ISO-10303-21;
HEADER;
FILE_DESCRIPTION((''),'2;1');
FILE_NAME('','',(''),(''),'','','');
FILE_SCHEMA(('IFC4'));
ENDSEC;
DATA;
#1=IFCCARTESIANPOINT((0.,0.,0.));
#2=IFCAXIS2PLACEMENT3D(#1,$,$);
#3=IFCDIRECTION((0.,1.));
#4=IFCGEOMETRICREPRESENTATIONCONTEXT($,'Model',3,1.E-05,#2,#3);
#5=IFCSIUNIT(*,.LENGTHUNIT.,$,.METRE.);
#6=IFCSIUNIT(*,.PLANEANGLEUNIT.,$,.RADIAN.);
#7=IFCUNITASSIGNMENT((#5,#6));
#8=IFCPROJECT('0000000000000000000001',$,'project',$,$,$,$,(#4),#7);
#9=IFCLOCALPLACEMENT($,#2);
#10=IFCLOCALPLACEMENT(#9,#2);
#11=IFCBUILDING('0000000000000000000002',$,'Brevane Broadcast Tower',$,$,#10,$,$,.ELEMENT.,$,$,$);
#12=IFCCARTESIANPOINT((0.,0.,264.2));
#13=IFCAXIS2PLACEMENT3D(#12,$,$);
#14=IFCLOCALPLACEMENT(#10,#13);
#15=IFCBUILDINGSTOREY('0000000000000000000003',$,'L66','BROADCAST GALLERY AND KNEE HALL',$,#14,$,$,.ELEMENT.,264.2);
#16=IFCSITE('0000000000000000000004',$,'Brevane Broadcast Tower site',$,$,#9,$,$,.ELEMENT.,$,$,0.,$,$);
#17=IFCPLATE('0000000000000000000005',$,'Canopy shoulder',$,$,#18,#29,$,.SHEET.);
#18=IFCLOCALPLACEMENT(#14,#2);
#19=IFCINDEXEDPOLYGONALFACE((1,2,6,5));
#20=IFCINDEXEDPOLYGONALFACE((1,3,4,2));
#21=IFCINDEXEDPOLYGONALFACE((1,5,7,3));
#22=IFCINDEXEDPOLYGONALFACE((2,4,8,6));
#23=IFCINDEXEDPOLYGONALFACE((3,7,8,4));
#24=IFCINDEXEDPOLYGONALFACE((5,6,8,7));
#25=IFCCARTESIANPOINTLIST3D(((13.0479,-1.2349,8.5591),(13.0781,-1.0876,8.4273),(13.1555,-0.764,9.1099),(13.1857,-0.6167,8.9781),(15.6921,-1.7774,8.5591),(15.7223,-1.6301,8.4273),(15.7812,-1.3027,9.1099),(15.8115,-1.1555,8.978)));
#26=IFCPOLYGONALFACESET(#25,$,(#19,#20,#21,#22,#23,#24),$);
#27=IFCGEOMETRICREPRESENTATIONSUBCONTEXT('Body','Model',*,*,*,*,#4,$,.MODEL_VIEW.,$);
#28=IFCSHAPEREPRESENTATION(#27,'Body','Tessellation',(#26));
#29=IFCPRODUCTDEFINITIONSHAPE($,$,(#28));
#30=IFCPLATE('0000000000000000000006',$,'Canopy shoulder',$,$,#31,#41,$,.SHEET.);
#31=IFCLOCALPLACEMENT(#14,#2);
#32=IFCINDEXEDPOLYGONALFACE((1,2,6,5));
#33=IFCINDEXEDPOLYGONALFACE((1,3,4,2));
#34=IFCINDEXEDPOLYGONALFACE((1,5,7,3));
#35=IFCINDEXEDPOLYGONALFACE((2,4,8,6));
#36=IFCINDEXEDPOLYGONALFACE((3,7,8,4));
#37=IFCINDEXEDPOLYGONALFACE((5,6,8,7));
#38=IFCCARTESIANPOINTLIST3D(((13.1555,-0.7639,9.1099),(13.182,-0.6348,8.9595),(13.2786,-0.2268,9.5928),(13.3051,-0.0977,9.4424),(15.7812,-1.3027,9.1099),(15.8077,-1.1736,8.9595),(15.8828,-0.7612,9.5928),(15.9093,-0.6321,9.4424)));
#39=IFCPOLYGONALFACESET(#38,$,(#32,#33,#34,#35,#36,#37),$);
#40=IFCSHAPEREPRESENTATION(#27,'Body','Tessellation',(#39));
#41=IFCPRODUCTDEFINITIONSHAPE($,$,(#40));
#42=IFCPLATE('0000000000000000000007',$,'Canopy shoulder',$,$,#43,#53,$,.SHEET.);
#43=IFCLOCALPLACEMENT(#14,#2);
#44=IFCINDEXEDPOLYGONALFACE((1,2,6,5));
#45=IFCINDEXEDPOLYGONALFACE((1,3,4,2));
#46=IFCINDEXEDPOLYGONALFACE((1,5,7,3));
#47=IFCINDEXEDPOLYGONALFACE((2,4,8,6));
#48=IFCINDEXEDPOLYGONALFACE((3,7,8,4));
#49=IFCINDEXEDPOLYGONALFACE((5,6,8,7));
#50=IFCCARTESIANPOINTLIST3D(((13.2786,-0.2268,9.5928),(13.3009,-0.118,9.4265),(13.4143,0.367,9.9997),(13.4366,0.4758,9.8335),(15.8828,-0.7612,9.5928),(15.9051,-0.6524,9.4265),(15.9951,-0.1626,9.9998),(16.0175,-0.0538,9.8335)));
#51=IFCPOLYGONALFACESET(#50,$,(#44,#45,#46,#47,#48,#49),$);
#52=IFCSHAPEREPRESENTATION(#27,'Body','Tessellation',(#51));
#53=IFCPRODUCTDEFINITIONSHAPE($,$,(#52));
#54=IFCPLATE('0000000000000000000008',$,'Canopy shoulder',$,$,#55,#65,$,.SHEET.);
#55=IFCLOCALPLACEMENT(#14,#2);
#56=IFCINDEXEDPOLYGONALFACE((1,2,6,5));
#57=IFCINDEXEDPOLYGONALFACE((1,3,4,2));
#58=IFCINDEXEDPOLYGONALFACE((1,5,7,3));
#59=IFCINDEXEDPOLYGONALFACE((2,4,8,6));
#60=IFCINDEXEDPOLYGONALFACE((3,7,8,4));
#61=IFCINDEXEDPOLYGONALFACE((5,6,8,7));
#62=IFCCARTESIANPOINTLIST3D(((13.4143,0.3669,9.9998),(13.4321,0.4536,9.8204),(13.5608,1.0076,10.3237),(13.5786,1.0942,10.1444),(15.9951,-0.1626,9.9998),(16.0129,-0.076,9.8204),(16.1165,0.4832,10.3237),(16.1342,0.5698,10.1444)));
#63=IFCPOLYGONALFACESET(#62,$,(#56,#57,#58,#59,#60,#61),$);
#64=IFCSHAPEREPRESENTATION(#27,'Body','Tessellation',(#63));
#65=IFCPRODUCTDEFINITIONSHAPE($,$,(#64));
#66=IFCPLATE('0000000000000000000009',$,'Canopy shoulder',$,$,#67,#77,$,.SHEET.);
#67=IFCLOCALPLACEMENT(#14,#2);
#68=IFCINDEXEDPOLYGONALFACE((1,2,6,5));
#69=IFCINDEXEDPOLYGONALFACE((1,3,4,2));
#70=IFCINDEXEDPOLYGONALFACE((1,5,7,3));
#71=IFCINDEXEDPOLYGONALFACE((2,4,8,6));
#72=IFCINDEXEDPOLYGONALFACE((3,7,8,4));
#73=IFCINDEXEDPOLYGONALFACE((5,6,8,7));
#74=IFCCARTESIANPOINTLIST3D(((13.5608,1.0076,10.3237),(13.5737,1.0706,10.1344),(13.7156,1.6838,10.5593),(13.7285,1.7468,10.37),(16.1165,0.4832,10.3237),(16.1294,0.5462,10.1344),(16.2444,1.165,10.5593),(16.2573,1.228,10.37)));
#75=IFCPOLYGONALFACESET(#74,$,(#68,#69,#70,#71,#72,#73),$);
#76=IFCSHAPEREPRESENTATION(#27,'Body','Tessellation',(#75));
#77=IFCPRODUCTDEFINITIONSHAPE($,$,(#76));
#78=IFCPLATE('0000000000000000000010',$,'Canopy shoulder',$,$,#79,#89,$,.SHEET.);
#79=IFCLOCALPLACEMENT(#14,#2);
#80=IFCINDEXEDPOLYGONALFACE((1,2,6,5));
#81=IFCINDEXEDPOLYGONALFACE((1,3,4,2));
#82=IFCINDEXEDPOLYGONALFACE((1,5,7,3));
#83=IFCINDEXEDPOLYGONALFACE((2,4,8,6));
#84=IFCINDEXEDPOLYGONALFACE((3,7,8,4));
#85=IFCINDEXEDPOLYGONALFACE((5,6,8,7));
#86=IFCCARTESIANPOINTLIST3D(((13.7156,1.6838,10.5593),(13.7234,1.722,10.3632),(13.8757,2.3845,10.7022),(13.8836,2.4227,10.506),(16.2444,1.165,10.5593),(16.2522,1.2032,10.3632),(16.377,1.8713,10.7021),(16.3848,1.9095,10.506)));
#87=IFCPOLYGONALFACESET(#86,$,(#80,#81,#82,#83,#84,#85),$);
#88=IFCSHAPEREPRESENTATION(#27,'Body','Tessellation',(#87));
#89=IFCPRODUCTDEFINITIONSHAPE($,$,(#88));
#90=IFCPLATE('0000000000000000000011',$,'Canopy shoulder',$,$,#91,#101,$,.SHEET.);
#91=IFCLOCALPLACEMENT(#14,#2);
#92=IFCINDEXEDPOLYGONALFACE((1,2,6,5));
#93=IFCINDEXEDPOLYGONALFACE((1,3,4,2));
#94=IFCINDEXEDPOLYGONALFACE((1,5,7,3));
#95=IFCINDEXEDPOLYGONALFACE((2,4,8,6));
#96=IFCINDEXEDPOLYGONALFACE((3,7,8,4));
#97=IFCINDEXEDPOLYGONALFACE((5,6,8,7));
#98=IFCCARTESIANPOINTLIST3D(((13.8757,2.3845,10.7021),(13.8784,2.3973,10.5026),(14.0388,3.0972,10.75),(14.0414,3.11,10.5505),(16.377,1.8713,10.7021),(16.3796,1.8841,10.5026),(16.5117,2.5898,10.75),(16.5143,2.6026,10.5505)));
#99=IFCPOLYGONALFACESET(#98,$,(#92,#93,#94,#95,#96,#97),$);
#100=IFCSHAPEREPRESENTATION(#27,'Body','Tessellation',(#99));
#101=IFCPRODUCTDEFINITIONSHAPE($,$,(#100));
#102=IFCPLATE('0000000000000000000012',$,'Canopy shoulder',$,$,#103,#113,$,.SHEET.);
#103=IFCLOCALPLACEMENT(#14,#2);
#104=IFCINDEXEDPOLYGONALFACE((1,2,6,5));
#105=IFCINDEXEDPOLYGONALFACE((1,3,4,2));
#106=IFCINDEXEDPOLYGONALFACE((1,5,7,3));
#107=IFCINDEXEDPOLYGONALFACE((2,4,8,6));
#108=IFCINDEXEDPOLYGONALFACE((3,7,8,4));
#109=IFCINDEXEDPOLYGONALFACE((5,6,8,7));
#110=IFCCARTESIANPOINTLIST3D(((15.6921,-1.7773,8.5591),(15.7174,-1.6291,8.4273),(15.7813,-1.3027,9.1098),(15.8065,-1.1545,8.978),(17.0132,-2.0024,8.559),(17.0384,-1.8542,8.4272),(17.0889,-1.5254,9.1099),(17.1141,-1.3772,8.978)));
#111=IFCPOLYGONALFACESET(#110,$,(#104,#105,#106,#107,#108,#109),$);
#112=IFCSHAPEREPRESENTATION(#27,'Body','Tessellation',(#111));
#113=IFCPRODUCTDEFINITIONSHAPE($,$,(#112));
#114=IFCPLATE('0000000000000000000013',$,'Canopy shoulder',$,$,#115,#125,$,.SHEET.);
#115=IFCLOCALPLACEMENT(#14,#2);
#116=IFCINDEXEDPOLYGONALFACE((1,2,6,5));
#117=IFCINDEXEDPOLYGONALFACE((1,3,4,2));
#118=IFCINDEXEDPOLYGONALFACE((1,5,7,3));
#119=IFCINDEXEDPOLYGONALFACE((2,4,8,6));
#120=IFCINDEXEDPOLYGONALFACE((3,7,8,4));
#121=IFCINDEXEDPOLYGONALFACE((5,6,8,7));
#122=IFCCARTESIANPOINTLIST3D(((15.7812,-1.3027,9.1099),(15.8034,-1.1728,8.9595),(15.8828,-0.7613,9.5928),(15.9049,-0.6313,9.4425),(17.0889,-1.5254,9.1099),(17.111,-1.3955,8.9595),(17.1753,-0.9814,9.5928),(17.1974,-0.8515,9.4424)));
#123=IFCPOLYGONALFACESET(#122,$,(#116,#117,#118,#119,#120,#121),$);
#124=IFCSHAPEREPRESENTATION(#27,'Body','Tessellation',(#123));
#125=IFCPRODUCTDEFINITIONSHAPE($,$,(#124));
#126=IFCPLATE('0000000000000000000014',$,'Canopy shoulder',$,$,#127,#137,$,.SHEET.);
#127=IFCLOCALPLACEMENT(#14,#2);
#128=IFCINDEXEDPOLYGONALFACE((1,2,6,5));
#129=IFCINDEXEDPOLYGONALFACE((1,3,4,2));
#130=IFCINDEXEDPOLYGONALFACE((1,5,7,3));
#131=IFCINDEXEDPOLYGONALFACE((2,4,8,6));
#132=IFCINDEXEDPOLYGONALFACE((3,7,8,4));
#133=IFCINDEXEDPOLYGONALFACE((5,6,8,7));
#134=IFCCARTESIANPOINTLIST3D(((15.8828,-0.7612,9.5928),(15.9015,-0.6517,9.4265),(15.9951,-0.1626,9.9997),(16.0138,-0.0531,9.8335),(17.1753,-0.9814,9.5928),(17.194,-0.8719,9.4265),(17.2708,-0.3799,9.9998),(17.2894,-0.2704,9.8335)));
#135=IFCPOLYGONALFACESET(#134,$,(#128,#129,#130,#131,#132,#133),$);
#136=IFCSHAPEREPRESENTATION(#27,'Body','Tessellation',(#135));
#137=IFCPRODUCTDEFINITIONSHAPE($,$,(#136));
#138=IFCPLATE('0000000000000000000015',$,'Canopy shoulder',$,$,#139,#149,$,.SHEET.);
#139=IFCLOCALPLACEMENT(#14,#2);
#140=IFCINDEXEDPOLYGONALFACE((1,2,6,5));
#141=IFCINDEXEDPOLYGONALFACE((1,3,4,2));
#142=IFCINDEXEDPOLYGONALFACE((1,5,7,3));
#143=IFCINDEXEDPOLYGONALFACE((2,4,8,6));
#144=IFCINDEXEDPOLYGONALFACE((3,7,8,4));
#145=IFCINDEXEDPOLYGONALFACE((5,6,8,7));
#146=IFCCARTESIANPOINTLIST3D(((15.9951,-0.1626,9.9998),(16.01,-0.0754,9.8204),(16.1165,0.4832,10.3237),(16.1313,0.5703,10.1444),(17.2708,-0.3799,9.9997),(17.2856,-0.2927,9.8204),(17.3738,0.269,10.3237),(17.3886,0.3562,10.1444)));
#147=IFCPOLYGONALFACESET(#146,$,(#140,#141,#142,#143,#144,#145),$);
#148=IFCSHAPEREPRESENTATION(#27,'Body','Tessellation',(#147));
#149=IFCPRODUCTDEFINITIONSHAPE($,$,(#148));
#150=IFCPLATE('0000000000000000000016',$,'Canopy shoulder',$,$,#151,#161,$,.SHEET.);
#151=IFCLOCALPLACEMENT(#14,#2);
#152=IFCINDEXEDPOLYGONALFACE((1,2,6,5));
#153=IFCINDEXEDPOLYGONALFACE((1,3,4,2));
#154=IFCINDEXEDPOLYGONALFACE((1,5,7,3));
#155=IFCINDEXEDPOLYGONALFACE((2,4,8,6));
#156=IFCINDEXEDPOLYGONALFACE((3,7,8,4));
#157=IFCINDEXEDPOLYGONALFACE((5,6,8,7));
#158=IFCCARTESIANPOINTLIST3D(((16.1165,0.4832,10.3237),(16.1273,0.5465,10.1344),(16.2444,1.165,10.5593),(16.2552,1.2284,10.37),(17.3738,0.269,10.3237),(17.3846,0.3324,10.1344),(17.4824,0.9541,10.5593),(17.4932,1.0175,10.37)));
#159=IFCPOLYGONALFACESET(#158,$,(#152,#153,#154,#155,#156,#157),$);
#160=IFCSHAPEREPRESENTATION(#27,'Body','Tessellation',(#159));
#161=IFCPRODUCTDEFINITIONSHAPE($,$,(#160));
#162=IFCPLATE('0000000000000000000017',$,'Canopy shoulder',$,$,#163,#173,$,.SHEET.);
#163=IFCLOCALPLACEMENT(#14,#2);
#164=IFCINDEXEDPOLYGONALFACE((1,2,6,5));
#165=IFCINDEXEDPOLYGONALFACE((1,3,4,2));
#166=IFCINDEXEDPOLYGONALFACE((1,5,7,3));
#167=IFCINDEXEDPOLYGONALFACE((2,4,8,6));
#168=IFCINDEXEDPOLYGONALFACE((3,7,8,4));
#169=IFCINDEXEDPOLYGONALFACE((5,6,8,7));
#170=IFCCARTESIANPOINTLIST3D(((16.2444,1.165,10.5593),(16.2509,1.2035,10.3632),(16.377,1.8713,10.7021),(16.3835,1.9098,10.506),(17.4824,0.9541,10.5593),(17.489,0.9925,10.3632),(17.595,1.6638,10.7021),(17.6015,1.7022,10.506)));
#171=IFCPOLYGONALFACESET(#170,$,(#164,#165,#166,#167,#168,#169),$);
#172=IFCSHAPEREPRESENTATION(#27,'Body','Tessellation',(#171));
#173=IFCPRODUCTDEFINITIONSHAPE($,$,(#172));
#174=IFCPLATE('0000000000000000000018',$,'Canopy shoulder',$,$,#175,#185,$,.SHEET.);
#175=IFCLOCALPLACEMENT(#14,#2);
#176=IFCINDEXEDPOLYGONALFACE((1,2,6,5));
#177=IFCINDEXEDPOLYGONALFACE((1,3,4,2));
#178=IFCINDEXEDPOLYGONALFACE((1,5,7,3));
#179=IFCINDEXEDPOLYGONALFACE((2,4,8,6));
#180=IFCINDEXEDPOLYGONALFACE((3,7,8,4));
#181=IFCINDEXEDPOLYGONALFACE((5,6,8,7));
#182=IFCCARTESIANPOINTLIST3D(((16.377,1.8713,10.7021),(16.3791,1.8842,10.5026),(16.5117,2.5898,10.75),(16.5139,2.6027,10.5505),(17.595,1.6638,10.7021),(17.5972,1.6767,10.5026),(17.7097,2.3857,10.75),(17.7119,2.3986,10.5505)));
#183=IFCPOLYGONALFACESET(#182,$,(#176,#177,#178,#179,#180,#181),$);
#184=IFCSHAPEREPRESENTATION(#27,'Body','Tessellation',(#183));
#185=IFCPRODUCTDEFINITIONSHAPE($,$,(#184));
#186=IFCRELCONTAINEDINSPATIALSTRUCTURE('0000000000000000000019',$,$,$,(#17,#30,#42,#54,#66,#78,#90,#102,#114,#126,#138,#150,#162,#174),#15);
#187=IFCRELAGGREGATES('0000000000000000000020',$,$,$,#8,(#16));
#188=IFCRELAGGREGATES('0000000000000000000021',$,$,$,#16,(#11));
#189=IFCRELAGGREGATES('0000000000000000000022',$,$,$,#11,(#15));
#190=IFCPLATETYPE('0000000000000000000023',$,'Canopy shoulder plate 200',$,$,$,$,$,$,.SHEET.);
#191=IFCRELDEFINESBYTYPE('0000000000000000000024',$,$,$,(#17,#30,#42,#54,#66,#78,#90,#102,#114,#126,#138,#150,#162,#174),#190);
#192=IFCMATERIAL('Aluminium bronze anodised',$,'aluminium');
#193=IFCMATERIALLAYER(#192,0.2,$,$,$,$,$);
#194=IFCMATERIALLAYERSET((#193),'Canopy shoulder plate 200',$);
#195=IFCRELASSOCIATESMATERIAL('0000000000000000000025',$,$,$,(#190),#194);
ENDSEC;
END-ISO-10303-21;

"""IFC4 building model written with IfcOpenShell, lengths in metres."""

from ifc_helpers import new_model, si_unit, direction, frame, origin, place, context, subcontext, project, spatial, polyline, outline, extrude, material, layer, layer_set, type_object, element, save


model = new_model("IFC4")

# Units and contexts
model_context = context("Model", 3, precision=1e-05, world=origin(), true_north=direction((0.0, 1.0)))
body_context = subcontext(model_context, "Body", "Model", "MODEL_VIEW")
ifc_project = project(units=[si_unit("LENGTHUNIT", "METRE"), si_unit("PLANEANGLEUNIT", "RADIAN")], contexts=[model_context])

# Site, building, storey
site_placement = place(None, origin())
site = spatial("IfcSite", under=ifc_project, at=site_placement, Name="Brevane Broadcast Tower site", CompositionType="ELEMENT", RefElevation=0.0)
building_placement = place(site_placement, origin())
building = spatial("IfcBuilding", under=site, at=building_placement, Name="Brevane Broadcast Tower", CompositionType="ELEMENT")
storey_placement = place(building_placement, frame((0.0, 0.0, 264.2)))
storey = spatial("IfcBuildingStorey", under=building, at=storey_placement, Name="L66", Description="BROADCAST GALLERY AND KNEE HALL", CompositionType="ELEMENT", Elevation=264.2)

# Plates
ifc_material = material(Name="Aluminium bronze anodised", Category="aluminium")
ifc_layer = layer(ifc_material, 0.2)
ifc_layer_set = layer_set([ifc_layer], Name="Canopy shoulder plate 200")
plate_type = type_object("IfcPlateType", Name="Canopy shoulder plate 200", PredefinedType="SHEET", material=ifc_layer_set)
plate_1_placement = place(storey_placement, frame((13.0479, -1.2349, 8.5591), z_axis=(-0.15113, -0.736574, 0.659256), x_axis=(0.979595, -0.200981, 0.000013)))
element("IfcPlate", 1, at=plate_1_placement, inside=storey, type_object=plate_type, Name="Canopy shoulder", PredefinedType="SHEET", context=body_context, shape_type="SweptSolid", body=[
    extrude(outline(polyline([(0.0, 0.0), (2.6994, 0.0), (2.6913, 0.7325), (0.0108, 0.7325), (0.0, 0.0)])), origin(), (0.0, 0.0, -1.0), 0.2),
])
plate_2_placement = place(storey_placement, frame((13.1555, -0.7639, 9.1099), z_axis=(-0.132512, -0.645741, 0.75197), x_axis=(0.979587, -0.201019, 0.000001)))
element("IfcPlate", 2, at=plate_2_placement, inside=storey, type_object=plate_type, Name="Canopy shoulder", PredefinedType="SHEET", context=body_context, shape_type="SweptSolid", body=[
    extrude(outline(polyline([(0.0, 0.0), (2.6804, 0.0), (2.6711, 0.7326), (0.0126, 0.7326), (0.0, 0.0)])), origin(), (0.0, 0.0, -1.0), 0.2),
])
plate_3_placement = place(storey_placement, frame((13.2786, -0.2268, 9.5928), z_axis=(-0.111693, -0.544317, 0.831411), x_axis=(0.979587, -0.201019, -0.000006)))
element("IfcPlate", 3, at=plate_3_placement, inside=storey, type_object=plate_type, Name="Canopy shoulder", PredefinedType="SHEET", context=body_context, shape_type="SweptSolid", body=[
    extrude(outline(polyline([(0.0, 0.0), (2.6585, 0.0), (2.6482, 0.7325), (0.0136, 0.7324), (0.0, 0.0)])), origin(), (0.0, 0.0, -1.0), 0.2),
])
plate_4_placement = place(storey_placement, frame((13.4143, 0.3669, 9.9998), z_axis=(-0.088899, -0.43325, 0.896879), x_axis=(0.979592, -0.200998, 0.000002)))
element("IfcPlate", 4, at=plate_4_placement, inside=storey, type_object=plate_type, Name="Canopy shoulder", PredefinedType="SHEET", context=body_context, shape_type="SweptSolid", body=[
    extrude(outline(polyline([(0.0, 0.0), (2.6346, 0.0), (2.6236, 0.7325), (0.0147, 0.7325), (0.0, 0.0)])), origin(), (0.0, 0.0, -1.0), 0.2),
])
plate_5_placement = place(storey_placement, frame((13.5608, 1.0076, 10.3237), z_axis=(-0.06464, -0.315048, 0.946872), x_axis=(0.97959, -0.201007, -0.000006)))
element("IfcPlate", 5, at=plate_5_placement, inside=storey, type_object=plate_type, Name="Canopy shoulder", PredefinedType="SHEET", context=body_context, shape_type="SweptSolid", body=[
    extrude(outline(polyline([(0.0, 0.0), (2.6089, 0.0), (2.5972, 0.7326), (0.0157, 0.7325), (0.0, 0.0)])), origin(), (0.0, 0.0, -1.0), 0.2),
])
plate_6_placement = place(storey_placement, frame((13.7156, 1.6838, 10.5593), z_axis=(-0.039181, -0.190972, 0.980813), x_axis=(0.979597, -0.20097, 0.000002)))
element("IfcPlate", 6, at=plate_6_placement, inside=storey, type_object=plate_type, Name="Canopy shoulder", PredefinedType="SHEET", context=body_context, shape_type="SweptSolid", body=[
    extrude(outline(polyline([(0.0, 0.0), (2.5815, 0.0), (2.5694, 0.7326), (0.0161, 0.7326), (0.0, 0.0)])), origin(), (0.0, 0.0, -1.0), 0.2),
])
plate_7_placement = place(storey_placement, frame((13.8757, 2.3845, 10.7021), z_axis=(-0.01313, -0.063996, 0.997864), x_axis=(0.979594, -0.200986, -0.000001)))
element("IfcPlate", 7, at=plate_7_placement, inside=storey, type_object=plate_type, Name="Canopy shoulder", PredefinedType="SHEET", context=body_context, shape_type="SweptSolid", body=[
    extrude(outline(polyline([(0.0, 0.0), (2.5533, 0.0), (2.5409, 0.7325), (0.0165, 0.7324), (0.0, 0.0)])), origin(), (0.0, 0.0, -1.0), 0.2),
])
plate_8_placement = place(storey_placement, frame((15.6921, -1.7773, 8.5591), z_axis=(-0.126259, -0.74124, 0.659259), x_axis=(0.985797, -0.167941, -0.000028)))
element("IfcPlate", 8, at=plate_8_placement, inside=storey, type_object=plate_type, Name="Canopy shoulder", PredefinedType="SHEET", context=body_context, shape_type="SweptSolid", body=[
    extrude(outline(polyline([(0.0, 0.0), (1.3401, 0.0), (1.3346, 0.7326), (0.0081, 0.7325), (0.0, 0.0)])), origin(), (0.0, 0.0, -1.0), 0.2),
])
plate_9_placement = place(storey_placement, frame((15.7812, -1.3027, 9.1099), z_axis=(-0.110694, -0.649886, 0.751928), x_axis=(0.985807, -0.167882, 0.000025)))
element("IfcPlate", 9, at=plate_9_placement, inside=storey, type_object=plate_type, Name="Canopy shoulder", PredefinedType="SHEET", context=body_context, shape_type="SweptSolid", body=[
    extrude(outline(polyline([(0.0, 0.0), (1.3264, 0.0), (1.3203, 0.7325), (0.0092, 0.7326), (0.0, 0.0)])), origin(), (0.0, 0.0, -1.0), 0.2),
])
plate_10_placement = place(storey_placement, frame((15.8828, -0.7612, 9.5928), z_axis=(-0.093309, -0.547724, 0.831439), x_axis=(0.985795, -0.167954, -0.00001)))
element("IfcPlate", 10, at=plate_10_placement, inside=storey, type_object=plate_type, Name="Canopy shoulder", PredefinedType="SHEET", context=body_context, shape_type="SweptSolid", body=[
    extrude(outline(polyline([(0.0, 0.0), (1.3111, 0.0), (1.3042, 0.7325), (0.0102, 0.7325), (0.0, 0.0)])), origin(), (0.0, 0.0, -1.0), 0.2),
])
plate_11_placement = place(storey_placement, frame((15.9951, -0.1626, 9.9998), z_axis=(-0.074256, -0.435995, 0.896881), x_axis=(0.985802, -0.167912, -0.000008)))
element("IfcPlate", 11, at=plate_11_placement, inside=storey, type_object=plate_type, Name="Canopy shoulder", PredefinedType="SHEET", context=body_context, shape_type="SweptSolid", body=[
    extrude(outline(polyline([(0.0, 0.0), (1.294, 0.0), (1.2866, 0.7325), (0.0112, 0.7325), (0.0, 0.0)])), origin(), (0.0, 0.0, -1.0), 0.2),
])
plate_12_placement = place(storey_placement, frame((16.1165, 0.4832, 10.3237), z_axis=(-0.054004, -0.317045, 0.946872), x_axis=(0.985808, -0.167879, 0.000013)))
element("IfcPlate", 12, at=plate_12_placement, inside=storey, type_object=plate_type, Name="Canopy shoulder", PredefinedType="SHEET", context=body_context, shape_type="SweptSolid", body=[
    extrude(outline(polyline([(0.0, 0.0), (1.2754, 0.0), (1.2675, 0.7325), (0.0116, 0.7326), (0.0, 0.0)])), origin(), (0.0, 0.0, -1.0), 0.2),
])
plate_13_placement = place(storey_placement, frame((16.2444, 1.165, 10.5593), z_axis=(-0.032744, -0.192185, 0.980812), x_axis=(0.985794, -0.16796, -0.000001)))
element("IfcPlate", 13, at=plate_13_placement, inside=storey, type_object=plate_type, Name="Canopy shoulder", PredefinedType="SHEET", context=body_context, shape_type="SweptSolid", body=[
    extrude(outline(polyline([(0.0, 0.0), (1.2559, 0.0), (1.2476, 0.7326), (0.0121, 0.7326), (0.0, 0.0)])), origin(), (0.0, 0.0, -1.0), 0.2),
])
plate_14_placement = place(storey_placement, frame((16.377, 1.8713, 10.7021), z_axis=(-0.010972, -0.064398, 0.997864), x_axis=(0.985795, -0.167955, 0.0)))
element("IfcPlate", 14, at=plate_14_placement, inside=storey, type_object=plate_type, Name="Canopy shoulder", PredefinedType="SHEET", context=body_context, shape_type="SweptSolid", body=[
    extrude(outline(polyline([(0.0, 0.0), (1.2356, 0.0), (1.2274, 0.7325), (0.0122, 0.7325), (0.0, 0.0)])), origin(), (0.0, 0.0, -1.0), 0.2),
])

save(model, "model.ifc")
